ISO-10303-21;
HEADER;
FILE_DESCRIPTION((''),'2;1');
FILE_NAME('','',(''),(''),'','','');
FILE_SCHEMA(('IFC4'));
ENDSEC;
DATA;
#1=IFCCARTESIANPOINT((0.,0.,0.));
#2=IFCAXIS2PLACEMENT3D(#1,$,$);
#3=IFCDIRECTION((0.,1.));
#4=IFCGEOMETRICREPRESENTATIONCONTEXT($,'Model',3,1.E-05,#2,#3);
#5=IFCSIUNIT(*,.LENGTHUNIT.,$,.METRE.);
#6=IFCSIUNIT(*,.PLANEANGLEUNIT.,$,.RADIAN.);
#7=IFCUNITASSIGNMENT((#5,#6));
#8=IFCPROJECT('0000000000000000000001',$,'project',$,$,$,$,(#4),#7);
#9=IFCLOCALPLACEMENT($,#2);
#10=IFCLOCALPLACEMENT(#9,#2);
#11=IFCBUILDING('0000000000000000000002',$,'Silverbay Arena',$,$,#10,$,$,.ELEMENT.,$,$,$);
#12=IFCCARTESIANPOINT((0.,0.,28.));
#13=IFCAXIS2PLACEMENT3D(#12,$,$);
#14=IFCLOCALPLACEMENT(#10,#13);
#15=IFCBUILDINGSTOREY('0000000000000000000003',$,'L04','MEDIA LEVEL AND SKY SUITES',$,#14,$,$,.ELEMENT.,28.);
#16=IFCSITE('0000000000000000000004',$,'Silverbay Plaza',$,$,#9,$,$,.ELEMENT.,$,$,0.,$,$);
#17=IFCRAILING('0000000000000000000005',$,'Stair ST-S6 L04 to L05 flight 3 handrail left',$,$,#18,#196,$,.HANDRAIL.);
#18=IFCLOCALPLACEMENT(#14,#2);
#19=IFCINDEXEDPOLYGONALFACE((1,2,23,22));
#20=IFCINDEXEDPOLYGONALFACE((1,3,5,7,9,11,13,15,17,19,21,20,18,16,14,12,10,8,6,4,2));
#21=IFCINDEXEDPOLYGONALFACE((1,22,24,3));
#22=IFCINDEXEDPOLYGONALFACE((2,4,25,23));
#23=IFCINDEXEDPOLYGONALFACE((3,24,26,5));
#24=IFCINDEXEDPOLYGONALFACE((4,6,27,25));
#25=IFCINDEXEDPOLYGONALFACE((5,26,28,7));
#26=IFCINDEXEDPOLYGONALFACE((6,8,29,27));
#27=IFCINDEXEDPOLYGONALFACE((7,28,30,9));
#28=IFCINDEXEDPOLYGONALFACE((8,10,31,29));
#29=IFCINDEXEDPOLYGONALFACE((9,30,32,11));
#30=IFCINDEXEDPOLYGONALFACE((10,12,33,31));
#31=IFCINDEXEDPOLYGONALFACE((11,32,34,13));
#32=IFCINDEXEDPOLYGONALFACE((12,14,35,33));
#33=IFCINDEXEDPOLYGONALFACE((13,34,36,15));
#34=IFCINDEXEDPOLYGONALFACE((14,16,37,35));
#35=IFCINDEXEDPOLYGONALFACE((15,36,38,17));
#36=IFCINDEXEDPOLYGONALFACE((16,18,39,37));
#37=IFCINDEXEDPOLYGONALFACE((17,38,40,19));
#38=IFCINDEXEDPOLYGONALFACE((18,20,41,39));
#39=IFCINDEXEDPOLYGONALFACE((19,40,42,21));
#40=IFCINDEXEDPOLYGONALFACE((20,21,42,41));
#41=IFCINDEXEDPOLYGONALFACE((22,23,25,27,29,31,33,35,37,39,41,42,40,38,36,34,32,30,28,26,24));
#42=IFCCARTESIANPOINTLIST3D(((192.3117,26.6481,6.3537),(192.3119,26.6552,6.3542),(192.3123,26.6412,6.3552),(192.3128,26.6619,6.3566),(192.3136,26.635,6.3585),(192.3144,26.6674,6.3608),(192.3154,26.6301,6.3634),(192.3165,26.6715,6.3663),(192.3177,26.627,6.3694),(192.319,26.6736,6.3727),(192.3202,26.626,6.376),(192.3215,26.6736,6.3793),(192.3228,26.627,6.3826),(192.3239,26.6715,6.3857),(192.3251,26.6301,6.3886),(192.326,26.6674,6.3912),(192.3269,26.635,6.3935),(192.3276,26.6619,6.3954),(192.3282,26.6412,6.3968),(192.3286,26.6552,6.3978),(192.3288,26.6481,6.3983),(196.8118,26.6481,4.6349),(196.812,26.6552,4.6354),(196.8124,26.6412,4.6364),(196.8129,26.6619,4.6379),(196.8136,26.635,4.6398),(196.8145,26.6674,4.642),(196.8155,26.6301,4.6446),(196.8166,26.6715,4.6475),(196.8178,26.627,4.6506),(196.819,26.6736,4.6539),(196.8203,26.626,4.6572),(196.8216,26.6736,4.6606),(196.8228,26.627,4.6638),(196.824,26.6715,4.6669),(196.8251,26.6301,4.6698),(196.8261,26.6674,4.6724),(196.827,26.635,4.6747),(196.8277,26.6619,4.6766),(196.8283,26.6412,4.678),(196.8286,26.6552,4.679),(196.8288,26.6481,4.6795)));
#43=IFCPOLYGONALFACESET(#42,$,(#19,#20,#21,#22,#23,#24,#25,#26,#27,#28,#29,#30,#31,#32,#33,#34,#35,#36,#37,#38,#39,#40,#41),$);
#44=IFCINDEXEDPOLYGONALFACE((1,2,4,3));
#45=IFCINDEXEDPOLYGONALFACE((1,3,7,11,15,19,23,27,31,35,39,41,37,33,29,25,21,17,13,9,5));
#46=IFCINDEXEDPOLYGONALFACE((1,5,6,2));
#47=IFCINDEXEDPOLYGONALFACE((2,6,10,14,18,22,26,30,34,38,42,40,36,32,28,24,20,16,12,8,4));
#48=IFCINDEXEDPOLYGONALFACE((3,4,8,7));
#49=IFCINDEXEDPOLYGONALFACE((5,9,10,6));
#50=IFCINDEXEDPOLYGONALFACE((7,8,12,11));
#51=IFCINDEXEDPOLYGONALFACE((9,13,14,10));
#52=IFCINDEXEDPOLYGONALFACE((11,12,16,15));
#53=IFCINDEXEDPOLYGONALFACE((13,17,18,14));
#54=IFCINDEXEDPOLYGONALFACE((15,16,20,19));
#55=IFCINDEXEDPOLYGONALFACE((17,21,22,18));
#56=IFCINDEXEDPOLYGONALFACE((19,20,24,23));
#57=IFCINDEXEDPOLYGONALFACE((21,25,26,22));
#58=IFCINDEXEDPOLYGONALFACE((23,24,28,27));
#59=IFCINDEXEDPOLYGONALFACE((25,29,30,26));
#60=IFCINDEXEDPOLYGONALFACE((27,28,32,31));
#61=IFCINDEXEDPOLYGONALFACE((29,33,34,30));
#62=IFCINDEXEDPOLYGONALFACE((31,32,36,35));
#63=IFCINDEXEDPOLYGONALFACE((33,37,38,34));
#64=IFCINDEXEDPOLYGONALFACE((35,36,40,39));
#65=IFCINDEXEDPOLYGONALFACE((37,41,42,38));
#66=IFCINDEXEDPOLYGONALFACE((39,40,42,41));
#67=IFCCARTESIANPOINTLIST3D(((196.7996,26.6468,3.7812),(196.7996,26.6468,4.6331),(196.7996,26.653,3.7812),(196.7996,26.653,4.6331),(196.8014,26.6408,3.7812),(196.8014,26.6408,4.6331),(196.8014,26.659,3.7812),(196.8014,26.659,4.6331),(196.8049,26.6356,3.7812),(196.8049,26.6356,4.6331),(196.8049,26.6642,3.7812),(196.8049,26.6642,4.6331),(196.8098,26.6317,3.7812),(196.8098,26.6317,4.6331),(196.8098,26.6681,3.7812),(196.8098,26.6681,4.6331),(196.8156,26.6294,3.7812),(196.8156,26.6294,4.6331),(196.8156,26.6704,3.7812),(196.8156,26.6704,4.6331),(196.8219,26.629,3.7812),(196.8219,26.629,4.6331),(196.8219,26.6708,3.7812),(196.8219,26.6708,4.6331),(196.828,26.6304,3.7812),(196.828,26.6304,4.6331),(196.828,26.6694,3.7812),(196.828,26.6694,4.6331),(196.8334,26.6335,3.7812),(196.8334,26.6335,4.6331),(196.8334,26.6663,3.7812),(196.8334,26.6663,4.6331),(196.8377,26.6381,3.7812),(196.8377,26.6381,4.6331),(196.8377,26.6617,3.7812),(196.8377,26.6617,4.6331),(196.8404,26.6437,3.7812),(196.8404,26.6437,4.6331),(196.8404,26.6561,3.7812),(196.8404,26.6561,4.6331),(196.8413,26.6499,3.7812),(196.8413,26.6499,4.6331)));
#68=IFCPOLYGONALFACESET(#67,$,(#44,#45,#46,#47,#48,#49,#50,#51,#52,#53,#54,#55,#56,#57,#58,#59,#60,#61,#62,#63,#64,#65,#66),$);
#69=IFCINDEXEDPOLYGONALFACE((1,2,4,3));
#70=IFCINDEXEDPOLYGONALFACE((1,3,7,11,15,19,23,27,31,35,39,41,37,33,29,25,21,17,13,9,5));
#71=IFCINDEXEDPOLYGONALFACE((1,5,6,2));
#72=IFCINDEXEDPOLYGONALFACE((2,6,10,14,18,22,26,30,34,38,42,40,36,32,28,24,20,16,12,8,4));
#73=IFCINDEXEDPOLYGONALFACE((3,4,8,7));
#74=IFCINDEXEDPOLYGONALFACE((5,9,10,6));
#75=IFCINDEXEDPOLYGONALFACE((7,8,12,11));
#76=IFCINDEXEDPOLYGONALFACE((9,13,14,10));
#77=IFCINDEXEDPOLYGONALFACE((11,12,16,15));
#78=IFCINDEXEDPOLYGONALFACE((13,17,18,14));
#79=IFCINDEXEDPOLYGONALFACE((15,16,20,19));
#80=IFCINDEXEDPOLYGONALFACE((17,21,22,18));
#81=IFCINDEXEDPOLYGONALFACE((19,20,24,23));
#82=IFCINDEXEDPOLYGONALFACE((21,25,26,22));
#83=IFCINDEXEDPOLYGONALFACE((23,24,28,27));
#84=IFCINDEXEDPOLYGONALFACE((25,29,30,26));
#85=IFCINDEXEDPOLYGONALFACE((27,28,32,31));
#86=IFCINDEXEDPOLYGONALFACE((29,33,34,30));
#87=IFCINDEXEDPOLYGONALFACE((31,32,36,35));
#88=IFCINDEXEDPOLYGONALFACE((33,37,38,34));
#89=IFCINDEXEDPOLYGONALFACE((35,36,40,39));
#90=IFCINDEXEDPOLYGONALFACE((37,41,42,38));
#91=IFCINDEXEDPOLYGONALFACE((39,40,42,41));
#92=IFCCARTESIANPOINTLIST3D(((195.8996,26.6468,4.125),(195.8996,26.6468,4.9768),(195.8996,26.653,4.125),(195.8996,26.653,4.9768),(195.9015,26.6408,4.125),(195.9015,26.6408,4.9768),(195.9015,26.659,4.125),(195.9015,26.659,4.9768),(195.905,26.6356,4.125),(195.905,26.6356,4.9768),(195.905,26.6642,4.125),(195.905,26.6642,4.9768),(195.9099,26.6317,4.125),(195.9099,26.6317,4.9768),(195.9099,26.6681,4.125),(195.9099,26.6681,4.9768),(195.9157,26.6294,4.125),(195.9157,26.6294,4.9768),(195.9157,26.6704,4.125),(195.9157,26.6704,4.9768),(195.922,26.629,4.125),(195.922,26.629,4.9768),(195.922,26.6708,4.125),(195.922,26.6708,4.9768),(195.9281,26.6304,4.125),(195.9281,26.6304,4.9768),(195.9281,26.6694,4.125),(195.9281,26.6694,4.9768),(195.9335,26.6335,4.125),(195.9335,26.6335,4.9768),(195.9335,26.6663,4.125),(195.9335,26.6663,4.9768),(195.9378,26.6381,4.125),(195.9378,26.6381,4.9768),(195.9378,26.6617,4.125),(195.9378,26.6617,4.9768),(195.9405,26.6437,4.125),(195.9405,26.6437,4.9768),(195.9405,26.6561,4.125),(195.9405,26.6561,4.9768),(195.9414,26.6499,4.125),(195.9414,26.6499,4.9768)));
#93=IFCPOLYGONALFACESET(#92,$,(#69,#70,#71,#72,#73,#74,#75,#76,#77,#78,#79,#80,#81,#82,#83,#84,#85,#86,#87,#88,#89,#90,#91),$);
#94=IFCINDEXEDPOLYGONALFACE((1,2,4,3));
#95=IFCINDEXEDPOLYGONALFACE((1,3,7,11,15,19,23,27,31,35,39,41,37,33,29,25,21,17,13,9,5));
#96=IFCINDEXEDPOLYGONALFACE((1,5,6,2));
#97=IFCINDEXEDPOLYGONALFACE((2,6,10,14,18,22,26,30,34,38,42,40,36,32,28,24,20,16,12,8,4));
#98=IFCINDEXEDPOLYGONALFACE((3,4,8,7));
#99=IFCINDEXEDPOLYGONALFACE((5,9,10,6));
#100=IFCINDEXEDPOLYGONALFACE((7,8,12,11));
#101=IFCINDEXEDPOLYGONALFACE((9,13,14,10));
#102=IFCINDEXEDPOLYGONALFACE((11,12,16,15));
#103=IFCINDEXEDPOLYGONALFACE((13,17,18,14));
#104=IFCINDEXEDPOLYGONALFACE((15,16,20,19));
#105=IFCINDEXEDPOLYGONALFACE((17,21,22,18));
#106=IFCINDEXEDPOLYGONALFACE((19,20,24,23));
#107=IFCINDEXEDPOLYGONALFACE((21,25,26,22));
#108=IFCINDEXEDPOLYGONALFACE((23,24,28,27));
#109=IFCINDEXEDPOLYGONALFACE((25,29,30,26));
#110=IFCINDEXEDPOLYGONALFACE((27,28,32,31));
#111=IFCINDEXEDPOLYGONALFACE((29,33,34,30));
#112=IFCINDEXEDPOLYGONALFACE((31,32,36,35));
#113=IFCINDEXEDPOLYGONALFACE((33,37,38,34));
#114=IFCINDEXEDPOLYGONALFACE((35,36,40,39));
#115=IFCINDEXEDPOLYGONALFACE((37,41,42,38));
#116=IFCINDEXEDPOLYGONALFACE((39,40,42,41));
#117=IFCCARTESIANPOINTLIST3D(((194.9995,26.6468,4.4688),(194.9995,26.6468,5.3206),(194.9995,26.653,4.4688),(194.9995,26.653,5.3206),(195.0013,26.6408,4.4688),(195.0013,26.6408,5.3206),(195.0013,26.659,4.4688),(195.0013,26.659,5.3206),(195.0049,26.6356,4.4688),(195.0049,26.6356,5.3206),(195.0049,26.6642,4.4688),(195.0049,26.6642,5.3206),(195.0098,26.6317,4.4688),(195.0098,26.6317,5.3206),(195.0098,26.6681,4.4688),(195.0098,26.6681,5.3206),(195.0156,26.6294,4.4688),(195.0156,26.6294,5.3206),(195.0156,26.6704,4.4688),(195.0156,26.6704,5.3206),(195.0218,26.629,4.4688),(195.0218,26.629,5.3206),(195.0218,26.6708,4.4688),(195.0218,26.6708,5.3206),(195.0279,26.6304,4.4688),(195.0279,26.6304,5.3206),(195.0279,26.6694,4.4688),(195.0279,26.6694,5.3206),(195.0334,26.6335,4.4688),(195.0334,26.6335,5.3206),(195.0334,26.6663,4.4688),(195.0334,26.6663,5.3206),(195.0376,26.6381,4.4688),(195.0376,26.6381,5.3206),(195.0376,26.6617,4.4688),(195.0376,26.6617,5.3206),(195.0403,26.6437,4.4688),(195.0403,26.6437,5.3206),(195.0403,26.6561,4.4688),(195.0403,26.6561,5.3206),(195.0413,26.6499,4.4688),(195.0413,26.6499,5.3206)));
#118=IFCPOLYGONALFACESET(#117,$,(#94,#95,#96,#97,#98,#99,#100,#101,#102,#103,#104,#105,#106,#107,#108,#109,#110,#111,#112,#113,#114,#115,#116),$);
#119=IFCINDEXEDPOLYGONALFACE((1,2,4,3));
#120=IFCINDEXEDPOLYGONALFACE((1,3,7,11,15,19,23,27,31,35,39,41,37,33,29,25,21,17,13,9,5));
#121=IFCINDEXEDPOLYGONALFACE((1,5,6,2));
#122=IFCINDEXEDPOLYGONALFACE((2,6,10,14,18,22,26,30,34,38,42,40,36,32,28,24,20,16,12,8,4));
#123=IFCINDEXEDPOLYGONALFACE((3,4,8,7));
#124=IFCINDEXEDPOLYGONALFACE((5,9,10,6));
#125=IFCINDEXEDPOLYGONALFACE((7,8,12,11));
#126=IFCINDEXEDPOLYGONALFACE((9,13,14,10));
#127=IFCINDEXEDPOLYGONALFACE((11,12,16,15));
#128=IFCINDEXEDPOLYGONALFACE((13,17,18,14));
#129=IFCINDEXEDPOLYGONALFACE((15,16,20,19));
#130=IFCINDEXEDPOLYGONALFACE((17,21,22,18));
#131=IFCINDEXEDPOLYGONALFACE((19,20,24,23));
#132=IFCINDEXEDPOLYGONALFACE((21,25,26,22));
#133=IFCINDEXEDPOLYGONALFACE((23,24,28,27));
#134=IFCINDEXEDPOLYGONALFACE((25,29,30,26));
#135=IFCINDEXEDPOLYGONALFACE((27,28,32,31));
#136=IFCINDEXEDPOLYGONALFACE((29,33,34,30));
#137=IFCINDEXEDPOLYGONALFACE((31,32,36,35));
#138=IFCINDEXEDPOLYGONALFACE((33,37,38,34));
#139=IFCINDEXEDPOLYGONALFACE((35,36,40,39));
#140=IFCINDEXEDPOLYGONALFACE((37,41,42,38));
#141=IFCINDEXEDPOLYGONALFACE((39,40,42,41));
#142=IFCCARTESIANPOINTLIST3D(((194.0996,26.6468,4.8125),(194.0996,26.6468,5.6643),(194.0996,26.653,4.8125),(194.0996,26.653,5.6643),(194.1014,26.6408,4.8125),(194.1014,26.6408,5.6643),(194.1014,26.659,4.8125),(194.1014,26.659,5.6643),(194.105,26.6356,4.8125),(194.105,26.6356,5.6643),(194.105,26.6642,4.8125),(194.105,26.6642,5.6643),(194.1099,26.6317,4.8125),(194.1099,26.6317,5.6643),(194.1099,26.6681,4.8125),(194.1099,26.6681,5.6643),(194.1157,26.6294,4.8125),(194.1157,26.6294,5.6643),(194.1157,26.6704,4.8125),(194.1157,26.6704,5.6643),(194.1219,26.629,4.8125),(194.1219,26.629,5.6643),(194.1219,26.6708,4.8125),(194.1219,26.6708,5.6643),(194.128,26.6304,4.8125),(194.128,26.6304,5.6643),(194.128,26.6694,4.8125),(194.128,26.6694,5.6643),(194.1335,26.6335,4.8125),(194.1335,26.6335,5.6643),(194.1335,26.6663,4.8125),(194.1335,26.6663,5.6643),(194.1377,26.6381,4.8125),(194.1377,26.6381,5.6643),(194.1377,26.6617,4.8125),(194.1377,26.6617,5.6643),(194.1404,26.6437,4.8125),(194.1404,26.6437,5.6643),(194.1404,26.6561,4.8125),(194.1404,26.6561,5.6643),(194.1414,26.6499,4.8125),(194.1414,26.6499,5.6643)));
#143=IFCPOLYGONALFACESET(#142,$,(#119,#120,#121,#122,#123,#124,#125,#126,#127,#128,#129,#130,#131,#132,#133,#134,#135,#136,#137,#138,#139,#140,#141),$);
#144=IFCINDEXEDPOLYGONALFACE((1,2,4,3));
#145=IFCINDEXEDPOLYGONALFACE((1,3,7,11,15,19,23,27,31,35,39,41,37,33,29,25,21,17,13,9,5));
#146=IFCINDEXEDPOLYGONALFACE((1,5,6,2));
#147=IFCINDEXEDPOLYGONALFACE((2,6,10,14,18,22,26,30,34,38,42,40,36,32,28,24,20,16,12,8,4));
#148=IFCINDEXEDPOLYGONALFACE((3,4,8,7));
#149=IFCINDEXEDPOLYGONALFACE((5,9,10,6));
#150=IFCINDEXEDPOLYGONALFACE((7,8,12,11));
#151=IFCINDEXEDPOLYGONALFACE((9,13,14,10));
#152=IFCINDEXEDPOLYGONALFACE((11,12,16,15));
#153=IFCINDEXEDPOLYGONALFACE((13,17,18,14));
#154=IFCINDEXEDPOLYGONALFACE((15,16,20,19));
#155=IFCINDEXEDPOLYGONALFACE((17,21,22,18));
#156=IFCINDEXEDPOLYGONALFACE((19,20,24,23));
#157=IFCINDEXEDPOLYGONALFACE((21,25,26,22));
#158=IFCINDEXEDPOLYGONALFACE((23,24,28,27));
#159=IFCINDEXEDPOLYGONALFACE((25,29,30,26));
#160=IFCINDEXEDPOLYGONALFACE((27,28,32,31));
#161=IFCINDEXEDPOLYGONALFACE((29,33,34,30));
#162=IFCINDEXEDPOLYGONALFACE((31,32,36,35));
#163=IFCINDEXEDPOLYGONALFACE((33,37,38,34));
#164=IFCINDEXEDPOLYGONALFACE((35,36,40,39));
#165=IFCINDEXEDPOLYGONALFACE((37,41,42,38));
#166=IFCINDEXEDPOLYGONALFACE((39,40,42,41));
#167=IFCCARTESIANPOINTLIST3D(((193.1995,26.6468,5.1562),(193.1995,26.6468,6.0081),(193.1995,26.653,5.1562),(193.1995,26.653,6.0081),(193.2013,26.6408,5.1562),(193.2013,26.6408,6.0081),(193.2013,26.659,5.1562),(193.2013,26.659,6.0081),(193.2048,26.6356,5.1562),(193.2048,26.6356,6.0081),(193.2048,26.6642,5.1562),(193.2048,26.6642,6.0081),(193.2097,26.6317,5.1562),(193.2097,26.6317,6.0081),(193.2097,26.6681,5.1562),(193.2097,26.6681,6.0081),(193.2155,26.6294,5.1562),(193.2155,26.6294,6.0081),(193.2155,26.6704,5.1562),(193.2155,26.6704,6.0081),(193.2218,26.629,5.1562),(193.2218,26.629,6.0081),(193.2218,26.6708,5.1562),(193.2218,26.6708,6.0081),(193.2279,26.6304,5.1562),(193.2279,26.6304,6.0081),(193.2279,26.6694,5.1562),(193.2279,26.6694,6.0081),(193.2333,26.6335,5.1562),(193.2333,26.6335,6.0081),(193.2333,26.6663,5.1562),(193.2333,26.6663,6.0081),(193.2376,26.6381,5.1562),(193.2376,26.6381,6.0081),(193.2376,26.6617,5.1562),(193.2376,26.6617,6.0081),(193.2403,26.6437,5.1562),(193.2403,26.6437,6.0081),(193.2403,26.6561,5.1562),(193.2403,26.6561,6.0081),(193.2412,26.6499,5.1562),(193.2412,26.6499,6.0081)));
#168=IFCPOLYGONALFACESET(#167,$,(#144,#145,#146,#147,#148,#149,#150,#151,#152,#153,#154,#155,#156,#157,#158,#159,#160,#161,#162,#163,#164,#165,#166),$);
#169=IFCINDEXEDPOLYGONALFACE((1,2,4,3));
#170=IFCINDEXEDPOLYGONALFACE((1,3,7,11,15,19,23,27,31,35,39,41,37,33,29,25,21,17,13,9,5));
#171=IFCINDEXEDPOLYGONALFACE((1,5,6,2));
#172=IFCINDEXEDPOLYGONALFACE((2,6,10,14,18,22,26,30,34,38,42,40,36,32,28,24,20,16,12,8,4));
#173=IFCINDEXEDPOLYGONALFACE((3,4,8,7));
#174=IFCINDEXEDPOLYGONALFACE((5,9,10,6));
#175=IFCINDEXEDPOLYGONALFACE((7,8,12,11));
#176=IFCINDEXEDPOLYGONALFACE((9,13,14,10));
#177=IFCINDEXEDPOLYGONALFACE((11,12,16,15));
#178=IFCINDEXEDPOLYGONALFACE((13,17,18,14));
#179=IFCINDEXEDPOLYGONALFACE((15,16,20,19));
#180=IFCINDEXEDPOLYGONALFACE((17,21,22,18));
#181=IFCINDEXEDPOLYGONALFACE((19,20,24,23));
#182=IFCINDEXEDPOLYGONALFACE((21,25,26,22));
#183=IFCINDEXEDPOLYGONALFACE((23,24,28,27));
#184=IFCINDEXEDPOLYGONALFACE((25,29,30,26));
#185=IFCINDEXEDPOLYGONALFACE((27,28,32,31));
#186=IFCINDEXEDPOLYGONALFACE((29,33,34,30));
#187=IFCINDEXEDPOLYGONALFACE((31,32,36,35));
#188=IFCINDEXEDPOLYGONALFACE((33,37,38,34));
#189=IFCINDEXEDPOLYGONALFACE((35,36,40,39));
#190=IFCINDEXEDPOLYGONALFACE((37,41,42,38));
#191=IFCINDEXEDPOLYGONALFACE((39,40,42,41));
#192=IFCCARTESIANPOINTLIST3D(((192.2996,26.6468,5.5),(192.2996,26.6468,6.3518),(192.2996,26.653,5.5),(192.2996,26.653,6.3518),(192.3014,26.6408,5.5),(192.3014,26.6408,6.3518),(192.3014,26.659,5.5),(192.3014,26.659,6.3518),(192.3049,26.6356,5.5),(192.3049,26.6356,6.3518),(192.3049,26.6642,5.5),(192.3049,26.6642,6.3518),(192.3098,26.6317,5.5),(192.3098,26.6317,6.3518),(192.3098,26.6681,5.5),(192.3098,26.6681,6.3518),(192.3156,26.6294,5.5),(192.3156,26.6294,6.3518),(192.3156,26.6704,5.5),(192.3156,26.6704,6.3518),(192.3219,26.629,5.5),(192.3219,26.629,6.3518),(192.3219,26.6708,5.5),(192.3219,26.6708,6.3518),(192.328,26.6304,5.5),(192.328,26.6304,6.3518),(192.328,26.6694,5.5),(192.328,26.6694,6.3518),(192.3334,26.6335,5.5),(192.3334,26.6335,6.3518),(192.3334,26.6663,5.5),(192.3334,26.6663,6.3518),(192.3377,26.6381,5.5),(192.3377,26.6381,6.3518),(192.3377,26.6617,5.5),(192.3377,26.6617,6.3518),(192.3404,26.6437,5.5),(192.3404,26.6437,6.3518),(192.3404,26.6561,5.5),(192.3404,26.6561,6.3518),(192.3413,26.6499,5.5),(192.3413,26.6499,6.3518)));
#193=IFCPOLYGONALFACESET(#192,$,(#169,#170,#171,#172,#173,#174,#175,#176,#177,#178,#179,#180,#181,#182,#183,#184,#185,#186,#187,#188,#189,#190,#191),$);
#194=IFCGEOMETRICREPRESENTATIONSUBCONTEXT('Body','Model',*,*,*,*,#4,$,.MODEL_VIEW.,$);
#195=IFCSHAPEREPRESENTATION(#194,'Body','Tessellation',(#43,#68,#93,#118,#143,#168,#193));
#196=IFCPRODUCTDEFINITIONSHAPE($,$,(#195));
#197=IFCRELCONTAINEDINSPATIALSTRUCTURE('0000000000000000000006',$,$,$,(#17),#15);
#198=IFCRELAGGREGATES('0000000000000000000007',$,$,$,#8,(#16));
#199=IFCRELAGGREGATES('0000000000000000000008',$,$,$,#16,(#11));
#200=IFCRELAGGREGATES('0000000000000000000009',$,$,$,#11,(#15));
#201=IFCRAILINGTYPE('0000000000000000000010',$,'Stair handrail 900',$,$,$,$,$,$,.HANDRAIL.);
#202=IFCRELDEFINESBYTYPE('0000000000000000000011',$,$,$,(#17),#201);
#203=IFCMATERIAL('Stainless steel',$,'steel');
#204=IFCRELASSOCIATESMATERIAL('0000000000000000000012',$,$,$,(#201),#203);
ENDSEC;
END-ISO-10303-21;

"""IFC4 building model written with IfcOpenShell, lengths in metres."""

from ifc_helpers import new_model, si_unit, direction, frame, origin, origin_2d, place, context, subcontext, project, spatial, circle, extrude, material, type_object, element, save


model = new_model("IFC4")

# Units and contexts
model_context = context("Model", 3, precision=1e-05, world=origin(), true_north=direction((0.0, 1.0)))
body_context = subcontext(model_context, "Body", "Model", "MODEL_VIEW")
ifc_project = project(units=[si_unit("LENGTHUNIT", "METRE"), si_unit("PLANEANGLEUNIT", "RADIAN")], contexts=[model_context])

# Site, building, storey
site_placement = place(None, origin())
site = spatial("IfcSite", under=ifc_project, at=site_placement, Name="Silverbay Plaza", CompositionType="ELEMENT", RefElevation=0.0)
building_placement = place(site_placement, origin())
building = spatial("IfcBuilding", under=site, at=building_placement, Name="Silverbay Arena", CompositionType="ELEMENT")
storey_placement = place(building_placement, frame((0.0, 0.0, 28.0)))
storey = spatial("IfcBuildingStorey", under=building, at=storey_placement, Name="L04", Description="MEDIA LEVEL AND SKY SUITES", CompositionType="ELEMENT", Elevation=28.0)

# Railing
ifc_material_1 = material(Name="Stainless steel", Category="steel")
railing_type_1 = type_object("IfcRailingType", Name="Stair handrail 900", PredefinedType="HANDRAIL", material=ifc_material_1)
for number, where, name in (
    (1, (196.8203, 26.6499, 3.7812), "Stair ST-S6 L04 to L05 flight 3 handrail left"),
):
    element("IfcRailing", number, at=place(storey_placement, frame(where)), inside=storey, type_object=railing_type_1, Name=name, PredefinedType="HANDRAIL", context=body_context, shape_type="SweptSolid", body=[
        extrude(circle(Radius=0.0239, at=origin_2d()), frame((0.0, 0.0, 0.876), z_axis=(-0.934179, 0.0, 0.356805), x_axis=(0.0, -1.0, 0.0)), (0.0, 0.0, 1.0), 4.8171),
        extrude(circle(Radius=0.021, at=origin_2d()), origin(), (0.0, 0.0, 1.0), 0.8518),
        extrude(circle(Radius=0.021, at=origin_2d()), frame((-0.8999, 0.0, 0.3438)), (0.0, 0.0, 1.0), 0.8518),
        extrude(circle(Radius=0.021, at=origin_2d()), frame((-1.8, 0.0, 0.6875)), (0.0, 0.0, 1.0), 0.8518),
        extrude(circle(Radius=0.021, at=origin_2d()), frame((-2.7, 0.0, 1.0312)), (0.0, 0.0, 1.0), 0.8518),
        extrude(circle(Radius=0.021, at=origin_2d()), frame((-3.6001, 0.0, 1.375)), (0.0, 0.0, 1.0), 0.8518),
        extrude(circle(Radius=0.021, at=origin_2d()), frame((-4.5, 0.0, 1.7188)), (0.0, 0.0, 1.0), 0.8518),
    ])

save(model, "model.ifc")
